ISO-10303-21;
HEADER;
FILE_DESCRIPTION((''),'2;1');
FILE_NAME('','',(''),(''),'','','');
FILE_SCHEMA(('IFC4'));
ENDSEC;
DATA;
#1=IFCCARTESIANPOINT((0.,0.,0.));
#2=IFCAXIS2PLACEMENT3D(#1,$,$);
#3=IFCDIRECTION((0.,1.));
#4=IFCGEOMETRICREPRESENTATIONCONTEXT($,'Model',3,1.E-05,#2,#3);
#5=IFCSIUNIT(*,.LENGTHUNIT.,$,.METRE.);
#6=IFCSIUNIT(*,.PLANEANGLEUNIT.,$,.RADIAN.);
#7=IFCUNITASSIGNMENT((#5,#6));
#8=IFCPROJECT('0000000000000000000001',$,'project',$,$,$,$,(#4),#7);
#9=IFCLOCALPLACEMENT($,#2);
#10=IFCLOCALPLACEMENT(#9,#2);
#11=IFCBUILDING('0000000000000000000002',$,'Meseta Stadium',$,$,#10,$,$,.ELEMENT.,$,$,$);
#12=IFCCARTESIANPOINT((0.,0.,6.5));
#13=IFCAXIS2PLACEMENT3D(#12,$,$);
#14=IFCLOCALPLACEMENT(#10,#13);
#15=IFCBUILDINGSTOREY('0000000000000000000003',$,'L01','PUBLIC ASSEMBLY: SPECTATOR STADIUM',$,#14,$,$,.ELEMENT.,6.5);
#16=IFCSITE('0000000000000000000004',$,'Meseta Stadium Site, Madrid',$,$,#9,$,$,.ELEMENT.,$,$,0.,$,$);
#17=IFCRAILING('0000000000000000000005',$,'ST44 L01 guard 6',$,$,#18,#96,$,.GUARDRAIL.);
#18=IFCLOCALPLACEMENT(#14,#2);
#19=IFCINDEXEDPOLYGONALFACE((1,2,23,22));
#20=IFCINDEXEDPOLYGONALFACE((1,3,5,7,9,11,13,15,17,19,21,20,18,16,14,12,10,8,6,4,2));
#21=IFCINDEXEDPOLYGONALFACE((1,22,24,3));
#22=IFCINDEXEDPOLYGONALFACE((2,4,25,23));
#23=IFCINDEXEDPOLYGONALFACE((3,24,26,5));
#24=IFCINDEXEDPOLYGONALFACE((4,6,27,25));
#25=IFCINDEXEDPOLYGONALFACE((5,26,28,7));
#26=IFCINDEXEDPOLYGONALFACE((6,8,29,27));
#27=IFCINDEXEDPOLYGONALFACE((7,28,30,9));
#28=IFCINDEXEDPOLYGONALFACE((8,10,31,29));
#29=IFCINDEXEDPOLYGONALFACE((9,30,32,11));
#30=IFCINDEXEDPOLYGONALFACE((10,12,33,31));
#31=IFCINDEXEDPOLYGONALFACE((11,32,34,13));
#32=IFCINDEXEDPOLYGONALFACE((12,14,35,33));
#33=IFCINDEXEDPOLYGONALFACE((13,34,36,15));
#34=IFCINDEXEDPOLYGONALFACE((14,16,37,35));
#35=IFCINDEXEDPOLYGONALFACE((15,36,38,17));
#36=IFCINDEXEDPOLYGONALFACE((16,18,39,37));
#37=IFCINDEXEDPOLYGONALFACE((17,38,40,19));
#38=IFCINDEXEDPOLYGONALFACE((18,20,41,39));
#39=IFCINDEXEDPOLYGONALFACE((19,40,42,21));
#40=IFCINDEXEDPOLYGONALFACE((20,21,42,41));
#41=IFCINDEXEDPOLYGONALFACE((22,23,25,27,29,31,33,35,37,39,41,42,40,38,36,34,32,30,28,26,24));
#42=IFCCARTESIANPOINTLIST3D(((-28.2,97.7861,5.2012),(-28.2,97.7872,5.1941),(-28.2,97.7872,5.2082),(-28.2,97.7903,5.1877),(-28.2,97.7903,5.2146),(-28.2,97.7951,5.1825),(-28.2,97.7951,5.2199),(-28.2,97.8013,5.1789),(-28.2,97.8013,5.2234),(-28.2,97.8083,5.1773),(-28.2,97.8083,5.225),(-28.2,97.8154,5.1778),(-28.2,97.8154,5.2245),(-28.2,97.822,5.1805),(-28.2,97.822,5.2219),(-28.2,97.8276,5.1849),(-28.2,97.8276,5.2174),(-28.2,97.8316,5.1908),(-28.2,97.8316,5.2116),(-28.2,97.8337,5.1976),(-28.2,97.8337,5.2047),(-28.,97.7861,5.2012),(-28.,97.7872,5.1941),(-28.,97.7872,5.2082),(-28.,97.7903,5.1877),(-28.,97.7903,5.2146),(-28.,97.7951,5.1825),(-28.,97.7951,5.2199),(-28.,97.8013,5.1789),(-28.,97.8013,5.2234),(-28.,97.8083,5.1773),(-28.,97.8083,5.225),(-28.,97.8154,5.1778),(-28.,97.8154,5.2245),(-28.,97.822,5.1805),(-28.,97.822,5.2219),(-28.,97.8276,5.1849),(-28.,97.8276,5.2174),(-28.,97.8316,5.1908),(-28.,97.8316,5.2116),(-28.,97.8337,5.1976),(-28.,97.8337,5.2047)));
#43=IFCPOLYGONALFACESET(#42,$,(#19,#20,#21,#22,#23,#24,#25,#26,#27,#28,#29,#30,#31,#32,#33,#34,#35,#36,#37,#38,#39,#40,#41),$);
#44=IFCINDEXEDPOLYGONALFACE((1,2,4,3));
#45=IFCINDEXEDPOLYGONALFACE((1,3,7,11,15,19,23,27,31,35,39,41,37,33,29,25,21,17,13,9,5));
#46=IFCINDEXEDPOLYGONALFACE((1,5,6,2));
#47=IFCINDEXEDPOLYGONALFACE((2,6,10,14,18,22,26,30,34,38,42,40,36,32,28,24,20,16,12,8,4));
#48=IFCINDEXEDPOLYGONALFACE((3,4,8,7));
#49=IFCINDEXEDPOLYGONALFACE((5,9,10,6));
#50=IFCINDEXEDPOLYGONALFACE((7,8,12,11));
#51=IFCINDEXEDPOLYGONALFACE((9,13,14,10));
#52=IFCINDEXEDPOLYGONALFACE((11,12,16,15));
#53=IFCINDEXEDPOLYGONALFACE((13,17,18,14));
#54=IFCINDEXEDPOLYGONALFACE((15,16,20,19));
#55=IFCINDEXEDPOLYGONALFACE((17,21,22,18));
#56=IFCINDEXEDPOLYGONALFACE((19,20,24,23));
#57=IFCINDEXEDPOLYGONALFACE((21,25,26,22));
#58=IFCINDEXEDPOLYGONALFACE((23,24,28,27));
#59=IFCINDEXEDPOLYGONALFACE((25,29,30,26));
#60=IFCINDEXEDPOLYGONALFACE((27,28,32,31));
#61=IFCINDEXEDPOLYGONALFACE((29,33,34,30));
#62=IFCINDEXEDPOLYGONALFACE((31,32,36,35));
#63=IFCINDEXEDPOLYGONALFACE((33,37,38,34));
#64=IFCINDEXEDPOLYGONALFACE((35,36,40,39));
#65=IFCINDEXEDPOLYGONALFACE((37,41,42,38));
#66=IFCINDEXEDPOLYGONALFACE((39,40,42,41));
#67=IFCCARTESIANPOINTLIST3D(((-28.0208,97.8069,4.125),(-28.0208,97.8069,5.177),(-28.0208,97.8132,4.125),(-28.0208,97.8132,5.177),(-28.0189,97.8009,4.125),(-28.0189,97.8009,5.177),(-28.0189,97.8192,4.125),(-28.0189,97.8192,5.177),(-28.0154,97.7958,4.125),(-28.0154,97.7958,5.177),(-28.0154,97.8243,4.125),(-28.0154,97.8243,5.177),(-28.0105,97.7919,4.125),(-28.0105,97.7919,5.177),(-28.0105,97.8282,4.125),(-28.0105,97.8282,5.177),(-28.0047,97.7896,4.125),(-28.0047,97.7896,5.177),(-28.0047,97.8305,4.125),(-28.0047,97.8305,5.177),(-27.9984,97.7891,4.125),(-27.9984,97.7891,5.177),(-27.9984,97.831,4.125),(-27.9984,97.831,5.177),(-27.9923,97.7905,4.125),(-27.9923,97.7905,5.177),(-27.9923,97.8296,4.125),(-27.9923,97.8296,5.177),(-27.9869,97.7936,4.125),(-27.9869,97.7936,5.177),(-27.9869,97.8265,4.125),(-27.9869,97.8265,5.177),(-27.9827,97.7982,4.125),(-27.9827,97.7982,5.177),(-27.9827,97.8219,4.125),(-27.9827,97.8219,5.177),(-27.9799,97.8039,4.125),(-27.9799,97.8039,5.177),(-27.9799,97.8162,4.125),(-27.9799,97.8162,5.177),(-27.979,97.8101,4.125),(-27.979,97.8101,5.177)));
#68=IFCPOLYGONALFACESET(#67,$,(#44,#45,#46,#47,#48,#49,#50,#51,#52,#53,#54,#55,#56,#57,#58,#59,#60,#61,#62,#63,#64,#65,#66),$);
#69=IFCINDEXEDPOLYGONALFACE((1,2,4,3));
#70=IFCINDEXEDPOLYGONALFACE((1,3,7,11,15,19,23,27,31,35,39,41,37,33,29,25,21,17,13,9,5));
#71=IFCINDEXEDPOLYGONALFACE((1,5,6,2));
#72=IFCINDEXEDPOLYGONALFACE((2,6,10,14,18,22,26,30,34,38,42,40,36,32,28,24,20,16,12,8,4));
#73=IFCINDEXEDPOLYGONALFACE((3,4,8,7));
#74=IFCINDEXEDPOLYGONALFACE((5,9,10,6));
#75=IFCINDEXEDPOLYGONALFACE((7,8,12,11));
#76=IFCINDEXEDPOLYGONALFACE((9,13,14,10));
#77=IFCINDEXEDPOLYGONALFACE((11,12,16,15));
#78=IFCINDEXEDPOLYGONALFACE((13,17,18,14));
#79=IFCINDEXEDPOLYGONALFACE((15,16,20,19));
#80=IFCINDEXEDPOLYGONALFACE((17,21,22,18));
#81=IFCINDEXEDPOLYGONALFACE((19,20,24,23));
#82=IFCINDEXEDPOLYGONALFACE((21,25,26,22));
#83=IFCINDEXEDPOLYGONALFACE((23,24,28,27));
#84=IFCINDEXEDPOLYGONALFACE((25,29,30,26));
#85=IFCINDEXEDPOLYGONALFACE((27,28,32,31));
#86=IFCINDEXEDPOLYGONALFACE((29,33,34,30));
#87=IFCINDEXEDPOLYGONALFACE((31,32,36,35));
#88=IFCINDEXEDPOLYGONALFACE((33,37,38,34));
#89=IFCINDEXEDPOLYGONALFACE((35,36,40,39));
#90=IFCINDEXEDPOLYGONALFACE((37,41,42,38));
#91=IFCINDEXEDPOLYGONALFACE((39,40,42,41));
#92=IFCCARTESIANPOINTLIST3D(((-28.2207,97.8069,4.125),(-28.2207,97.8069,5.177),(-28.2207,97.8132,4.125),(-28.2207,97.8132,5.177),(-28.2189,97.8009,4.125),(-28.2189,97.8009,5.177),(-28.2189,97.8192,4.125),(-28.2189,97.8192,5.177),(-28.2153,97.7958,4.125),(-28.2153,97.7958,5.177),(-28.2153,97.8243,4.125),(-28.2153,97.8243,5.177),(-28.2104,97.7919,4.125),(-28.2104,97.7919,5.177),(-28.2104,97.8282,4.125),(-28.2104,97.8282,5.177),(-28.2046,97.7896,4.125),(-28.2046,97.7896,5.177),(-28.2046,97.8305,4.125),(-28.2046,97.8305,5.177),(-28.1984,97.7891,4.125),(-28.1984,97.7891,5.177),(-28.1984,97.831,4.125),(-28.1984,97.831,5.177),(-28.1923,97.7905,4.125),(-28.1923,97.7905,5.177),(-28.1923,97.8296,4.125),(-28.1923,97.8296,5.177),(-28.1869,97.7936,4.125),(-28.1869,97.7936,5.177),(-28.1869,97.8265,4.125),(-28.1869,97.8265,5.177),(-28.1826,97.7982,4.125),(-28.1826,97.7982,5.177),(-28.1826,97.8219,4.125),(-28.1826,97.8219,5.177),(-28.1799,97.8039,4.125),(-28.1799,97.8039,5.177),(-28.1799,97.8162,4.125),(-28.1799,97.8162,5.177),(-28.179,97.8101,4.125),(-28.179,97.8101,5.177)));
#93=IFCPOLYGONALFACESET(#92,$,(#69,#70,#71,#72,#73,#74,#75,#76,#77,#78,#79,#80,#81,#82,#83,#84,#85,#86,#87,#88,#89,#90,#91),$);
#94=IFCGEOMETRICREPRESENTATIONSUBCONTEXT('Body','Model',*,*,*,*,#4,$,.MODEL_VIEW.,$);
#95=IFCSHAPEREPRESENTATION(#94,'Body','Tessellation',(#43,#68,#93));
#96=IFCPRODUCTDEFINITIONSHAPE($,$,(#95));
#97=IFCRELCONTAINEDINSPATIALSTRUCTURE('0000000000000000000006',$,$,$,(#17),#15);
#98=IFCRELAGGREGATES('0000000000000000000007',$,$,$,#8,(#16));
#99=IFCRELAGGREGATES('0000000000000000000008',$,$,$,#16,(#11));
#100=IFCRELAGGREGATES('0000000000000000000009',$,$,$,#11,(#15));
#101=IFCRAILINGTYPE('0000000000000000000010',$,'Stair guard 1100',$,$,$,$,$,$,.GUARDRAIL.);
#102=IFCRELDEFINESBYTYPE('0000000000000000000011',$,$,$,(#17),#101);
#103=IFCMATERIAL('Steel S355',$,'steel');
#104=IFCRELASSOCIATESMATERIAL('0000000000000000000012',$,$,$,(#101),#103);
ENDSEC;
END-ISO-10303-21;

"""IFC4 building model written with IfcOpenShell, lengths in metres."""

from ifc_helpers import new_model, si_unit, direction, frame, origin, origin_2d, place, context, subcontext, project, spatial, circle, extrude, material, type_object, element, save


model = new_model("IFC4")

# Units and contexts
model_context = context("Model", 3, precision=1e-05, world=origin(), true_north=direction((0.0, 1.0)))
body_context = subcontext(model_context, "Body", "Model", "MODEL_VIEW")
ifc_project = project(units=[si_unit("LENGTHUNIT", "METRE"), si_unit("PLANEANGLEUNIT", "RADIAN")], contexts=[model_context])

# Site, building, storey
site_placement = place(None, origin())
site = spatial("IfcSite", under=ifc_project, at=site_placement, Name="Meseta Stadium Site, Madrid", CompositionType="ELEMENT", RefElevation=0.0)
building_placement = place(site_placement, origin())
building = spatial("IfcBuilding", under=site, at=building_placement, Name="Meseta Stadium", CompositionType="ELEMENT")
storey_placement = place(building_placement, frame((0.0, 0.0, 6.5)))
storey = spatial("IfcBuildingStorey", under=building, at=storey_placement, Name="L01", Description="PUBLIC ASSEMBLY: SPECTATOR STADIUM", CompositionType="ELEMENT", Elevation=6.5)

# Railing
ifc_material_1 = material(Name="Steel S355", Category="steel")
railing_type_1 = type_object("IfcRailingType", Name="Stair guard 1100", PredefinedType="GUARDRAIL", material=ifc_material_1)
railing_1_placement = place(storey_placement, frame((-28.0, 97.8101, 4.125)))
element("IfcRailing", 1, at=railing_1_placement, inside=storey, type_object=railing_type_1, Name="ST44 L01 guard 6", PredefinedType="GUARDRAIL", context=body_context, shape_type="SweptSolid", body=[
    extrude(circle(Radius=0.0239, at=origin_2d()), frame((0.0, 0.0, 1.0762), z_axis=(-1.0, 0.0, 0.0), x_axis=(0.0, -1.0, 0.0)), (0.0, 0.0, 1.0), 0.2),
    extrude(circle(Radius=0.021, at=origin_2d()), origin(), (0.0, 0.0, 1.0), 1.052),
    extrude(circle(Radius=0.021, at=origin_2d()), frame((-0.2, 0.0, 0.0)), (0.0, 0.0, 1.0), 1.052),
])

save(model, "model.ifc")
